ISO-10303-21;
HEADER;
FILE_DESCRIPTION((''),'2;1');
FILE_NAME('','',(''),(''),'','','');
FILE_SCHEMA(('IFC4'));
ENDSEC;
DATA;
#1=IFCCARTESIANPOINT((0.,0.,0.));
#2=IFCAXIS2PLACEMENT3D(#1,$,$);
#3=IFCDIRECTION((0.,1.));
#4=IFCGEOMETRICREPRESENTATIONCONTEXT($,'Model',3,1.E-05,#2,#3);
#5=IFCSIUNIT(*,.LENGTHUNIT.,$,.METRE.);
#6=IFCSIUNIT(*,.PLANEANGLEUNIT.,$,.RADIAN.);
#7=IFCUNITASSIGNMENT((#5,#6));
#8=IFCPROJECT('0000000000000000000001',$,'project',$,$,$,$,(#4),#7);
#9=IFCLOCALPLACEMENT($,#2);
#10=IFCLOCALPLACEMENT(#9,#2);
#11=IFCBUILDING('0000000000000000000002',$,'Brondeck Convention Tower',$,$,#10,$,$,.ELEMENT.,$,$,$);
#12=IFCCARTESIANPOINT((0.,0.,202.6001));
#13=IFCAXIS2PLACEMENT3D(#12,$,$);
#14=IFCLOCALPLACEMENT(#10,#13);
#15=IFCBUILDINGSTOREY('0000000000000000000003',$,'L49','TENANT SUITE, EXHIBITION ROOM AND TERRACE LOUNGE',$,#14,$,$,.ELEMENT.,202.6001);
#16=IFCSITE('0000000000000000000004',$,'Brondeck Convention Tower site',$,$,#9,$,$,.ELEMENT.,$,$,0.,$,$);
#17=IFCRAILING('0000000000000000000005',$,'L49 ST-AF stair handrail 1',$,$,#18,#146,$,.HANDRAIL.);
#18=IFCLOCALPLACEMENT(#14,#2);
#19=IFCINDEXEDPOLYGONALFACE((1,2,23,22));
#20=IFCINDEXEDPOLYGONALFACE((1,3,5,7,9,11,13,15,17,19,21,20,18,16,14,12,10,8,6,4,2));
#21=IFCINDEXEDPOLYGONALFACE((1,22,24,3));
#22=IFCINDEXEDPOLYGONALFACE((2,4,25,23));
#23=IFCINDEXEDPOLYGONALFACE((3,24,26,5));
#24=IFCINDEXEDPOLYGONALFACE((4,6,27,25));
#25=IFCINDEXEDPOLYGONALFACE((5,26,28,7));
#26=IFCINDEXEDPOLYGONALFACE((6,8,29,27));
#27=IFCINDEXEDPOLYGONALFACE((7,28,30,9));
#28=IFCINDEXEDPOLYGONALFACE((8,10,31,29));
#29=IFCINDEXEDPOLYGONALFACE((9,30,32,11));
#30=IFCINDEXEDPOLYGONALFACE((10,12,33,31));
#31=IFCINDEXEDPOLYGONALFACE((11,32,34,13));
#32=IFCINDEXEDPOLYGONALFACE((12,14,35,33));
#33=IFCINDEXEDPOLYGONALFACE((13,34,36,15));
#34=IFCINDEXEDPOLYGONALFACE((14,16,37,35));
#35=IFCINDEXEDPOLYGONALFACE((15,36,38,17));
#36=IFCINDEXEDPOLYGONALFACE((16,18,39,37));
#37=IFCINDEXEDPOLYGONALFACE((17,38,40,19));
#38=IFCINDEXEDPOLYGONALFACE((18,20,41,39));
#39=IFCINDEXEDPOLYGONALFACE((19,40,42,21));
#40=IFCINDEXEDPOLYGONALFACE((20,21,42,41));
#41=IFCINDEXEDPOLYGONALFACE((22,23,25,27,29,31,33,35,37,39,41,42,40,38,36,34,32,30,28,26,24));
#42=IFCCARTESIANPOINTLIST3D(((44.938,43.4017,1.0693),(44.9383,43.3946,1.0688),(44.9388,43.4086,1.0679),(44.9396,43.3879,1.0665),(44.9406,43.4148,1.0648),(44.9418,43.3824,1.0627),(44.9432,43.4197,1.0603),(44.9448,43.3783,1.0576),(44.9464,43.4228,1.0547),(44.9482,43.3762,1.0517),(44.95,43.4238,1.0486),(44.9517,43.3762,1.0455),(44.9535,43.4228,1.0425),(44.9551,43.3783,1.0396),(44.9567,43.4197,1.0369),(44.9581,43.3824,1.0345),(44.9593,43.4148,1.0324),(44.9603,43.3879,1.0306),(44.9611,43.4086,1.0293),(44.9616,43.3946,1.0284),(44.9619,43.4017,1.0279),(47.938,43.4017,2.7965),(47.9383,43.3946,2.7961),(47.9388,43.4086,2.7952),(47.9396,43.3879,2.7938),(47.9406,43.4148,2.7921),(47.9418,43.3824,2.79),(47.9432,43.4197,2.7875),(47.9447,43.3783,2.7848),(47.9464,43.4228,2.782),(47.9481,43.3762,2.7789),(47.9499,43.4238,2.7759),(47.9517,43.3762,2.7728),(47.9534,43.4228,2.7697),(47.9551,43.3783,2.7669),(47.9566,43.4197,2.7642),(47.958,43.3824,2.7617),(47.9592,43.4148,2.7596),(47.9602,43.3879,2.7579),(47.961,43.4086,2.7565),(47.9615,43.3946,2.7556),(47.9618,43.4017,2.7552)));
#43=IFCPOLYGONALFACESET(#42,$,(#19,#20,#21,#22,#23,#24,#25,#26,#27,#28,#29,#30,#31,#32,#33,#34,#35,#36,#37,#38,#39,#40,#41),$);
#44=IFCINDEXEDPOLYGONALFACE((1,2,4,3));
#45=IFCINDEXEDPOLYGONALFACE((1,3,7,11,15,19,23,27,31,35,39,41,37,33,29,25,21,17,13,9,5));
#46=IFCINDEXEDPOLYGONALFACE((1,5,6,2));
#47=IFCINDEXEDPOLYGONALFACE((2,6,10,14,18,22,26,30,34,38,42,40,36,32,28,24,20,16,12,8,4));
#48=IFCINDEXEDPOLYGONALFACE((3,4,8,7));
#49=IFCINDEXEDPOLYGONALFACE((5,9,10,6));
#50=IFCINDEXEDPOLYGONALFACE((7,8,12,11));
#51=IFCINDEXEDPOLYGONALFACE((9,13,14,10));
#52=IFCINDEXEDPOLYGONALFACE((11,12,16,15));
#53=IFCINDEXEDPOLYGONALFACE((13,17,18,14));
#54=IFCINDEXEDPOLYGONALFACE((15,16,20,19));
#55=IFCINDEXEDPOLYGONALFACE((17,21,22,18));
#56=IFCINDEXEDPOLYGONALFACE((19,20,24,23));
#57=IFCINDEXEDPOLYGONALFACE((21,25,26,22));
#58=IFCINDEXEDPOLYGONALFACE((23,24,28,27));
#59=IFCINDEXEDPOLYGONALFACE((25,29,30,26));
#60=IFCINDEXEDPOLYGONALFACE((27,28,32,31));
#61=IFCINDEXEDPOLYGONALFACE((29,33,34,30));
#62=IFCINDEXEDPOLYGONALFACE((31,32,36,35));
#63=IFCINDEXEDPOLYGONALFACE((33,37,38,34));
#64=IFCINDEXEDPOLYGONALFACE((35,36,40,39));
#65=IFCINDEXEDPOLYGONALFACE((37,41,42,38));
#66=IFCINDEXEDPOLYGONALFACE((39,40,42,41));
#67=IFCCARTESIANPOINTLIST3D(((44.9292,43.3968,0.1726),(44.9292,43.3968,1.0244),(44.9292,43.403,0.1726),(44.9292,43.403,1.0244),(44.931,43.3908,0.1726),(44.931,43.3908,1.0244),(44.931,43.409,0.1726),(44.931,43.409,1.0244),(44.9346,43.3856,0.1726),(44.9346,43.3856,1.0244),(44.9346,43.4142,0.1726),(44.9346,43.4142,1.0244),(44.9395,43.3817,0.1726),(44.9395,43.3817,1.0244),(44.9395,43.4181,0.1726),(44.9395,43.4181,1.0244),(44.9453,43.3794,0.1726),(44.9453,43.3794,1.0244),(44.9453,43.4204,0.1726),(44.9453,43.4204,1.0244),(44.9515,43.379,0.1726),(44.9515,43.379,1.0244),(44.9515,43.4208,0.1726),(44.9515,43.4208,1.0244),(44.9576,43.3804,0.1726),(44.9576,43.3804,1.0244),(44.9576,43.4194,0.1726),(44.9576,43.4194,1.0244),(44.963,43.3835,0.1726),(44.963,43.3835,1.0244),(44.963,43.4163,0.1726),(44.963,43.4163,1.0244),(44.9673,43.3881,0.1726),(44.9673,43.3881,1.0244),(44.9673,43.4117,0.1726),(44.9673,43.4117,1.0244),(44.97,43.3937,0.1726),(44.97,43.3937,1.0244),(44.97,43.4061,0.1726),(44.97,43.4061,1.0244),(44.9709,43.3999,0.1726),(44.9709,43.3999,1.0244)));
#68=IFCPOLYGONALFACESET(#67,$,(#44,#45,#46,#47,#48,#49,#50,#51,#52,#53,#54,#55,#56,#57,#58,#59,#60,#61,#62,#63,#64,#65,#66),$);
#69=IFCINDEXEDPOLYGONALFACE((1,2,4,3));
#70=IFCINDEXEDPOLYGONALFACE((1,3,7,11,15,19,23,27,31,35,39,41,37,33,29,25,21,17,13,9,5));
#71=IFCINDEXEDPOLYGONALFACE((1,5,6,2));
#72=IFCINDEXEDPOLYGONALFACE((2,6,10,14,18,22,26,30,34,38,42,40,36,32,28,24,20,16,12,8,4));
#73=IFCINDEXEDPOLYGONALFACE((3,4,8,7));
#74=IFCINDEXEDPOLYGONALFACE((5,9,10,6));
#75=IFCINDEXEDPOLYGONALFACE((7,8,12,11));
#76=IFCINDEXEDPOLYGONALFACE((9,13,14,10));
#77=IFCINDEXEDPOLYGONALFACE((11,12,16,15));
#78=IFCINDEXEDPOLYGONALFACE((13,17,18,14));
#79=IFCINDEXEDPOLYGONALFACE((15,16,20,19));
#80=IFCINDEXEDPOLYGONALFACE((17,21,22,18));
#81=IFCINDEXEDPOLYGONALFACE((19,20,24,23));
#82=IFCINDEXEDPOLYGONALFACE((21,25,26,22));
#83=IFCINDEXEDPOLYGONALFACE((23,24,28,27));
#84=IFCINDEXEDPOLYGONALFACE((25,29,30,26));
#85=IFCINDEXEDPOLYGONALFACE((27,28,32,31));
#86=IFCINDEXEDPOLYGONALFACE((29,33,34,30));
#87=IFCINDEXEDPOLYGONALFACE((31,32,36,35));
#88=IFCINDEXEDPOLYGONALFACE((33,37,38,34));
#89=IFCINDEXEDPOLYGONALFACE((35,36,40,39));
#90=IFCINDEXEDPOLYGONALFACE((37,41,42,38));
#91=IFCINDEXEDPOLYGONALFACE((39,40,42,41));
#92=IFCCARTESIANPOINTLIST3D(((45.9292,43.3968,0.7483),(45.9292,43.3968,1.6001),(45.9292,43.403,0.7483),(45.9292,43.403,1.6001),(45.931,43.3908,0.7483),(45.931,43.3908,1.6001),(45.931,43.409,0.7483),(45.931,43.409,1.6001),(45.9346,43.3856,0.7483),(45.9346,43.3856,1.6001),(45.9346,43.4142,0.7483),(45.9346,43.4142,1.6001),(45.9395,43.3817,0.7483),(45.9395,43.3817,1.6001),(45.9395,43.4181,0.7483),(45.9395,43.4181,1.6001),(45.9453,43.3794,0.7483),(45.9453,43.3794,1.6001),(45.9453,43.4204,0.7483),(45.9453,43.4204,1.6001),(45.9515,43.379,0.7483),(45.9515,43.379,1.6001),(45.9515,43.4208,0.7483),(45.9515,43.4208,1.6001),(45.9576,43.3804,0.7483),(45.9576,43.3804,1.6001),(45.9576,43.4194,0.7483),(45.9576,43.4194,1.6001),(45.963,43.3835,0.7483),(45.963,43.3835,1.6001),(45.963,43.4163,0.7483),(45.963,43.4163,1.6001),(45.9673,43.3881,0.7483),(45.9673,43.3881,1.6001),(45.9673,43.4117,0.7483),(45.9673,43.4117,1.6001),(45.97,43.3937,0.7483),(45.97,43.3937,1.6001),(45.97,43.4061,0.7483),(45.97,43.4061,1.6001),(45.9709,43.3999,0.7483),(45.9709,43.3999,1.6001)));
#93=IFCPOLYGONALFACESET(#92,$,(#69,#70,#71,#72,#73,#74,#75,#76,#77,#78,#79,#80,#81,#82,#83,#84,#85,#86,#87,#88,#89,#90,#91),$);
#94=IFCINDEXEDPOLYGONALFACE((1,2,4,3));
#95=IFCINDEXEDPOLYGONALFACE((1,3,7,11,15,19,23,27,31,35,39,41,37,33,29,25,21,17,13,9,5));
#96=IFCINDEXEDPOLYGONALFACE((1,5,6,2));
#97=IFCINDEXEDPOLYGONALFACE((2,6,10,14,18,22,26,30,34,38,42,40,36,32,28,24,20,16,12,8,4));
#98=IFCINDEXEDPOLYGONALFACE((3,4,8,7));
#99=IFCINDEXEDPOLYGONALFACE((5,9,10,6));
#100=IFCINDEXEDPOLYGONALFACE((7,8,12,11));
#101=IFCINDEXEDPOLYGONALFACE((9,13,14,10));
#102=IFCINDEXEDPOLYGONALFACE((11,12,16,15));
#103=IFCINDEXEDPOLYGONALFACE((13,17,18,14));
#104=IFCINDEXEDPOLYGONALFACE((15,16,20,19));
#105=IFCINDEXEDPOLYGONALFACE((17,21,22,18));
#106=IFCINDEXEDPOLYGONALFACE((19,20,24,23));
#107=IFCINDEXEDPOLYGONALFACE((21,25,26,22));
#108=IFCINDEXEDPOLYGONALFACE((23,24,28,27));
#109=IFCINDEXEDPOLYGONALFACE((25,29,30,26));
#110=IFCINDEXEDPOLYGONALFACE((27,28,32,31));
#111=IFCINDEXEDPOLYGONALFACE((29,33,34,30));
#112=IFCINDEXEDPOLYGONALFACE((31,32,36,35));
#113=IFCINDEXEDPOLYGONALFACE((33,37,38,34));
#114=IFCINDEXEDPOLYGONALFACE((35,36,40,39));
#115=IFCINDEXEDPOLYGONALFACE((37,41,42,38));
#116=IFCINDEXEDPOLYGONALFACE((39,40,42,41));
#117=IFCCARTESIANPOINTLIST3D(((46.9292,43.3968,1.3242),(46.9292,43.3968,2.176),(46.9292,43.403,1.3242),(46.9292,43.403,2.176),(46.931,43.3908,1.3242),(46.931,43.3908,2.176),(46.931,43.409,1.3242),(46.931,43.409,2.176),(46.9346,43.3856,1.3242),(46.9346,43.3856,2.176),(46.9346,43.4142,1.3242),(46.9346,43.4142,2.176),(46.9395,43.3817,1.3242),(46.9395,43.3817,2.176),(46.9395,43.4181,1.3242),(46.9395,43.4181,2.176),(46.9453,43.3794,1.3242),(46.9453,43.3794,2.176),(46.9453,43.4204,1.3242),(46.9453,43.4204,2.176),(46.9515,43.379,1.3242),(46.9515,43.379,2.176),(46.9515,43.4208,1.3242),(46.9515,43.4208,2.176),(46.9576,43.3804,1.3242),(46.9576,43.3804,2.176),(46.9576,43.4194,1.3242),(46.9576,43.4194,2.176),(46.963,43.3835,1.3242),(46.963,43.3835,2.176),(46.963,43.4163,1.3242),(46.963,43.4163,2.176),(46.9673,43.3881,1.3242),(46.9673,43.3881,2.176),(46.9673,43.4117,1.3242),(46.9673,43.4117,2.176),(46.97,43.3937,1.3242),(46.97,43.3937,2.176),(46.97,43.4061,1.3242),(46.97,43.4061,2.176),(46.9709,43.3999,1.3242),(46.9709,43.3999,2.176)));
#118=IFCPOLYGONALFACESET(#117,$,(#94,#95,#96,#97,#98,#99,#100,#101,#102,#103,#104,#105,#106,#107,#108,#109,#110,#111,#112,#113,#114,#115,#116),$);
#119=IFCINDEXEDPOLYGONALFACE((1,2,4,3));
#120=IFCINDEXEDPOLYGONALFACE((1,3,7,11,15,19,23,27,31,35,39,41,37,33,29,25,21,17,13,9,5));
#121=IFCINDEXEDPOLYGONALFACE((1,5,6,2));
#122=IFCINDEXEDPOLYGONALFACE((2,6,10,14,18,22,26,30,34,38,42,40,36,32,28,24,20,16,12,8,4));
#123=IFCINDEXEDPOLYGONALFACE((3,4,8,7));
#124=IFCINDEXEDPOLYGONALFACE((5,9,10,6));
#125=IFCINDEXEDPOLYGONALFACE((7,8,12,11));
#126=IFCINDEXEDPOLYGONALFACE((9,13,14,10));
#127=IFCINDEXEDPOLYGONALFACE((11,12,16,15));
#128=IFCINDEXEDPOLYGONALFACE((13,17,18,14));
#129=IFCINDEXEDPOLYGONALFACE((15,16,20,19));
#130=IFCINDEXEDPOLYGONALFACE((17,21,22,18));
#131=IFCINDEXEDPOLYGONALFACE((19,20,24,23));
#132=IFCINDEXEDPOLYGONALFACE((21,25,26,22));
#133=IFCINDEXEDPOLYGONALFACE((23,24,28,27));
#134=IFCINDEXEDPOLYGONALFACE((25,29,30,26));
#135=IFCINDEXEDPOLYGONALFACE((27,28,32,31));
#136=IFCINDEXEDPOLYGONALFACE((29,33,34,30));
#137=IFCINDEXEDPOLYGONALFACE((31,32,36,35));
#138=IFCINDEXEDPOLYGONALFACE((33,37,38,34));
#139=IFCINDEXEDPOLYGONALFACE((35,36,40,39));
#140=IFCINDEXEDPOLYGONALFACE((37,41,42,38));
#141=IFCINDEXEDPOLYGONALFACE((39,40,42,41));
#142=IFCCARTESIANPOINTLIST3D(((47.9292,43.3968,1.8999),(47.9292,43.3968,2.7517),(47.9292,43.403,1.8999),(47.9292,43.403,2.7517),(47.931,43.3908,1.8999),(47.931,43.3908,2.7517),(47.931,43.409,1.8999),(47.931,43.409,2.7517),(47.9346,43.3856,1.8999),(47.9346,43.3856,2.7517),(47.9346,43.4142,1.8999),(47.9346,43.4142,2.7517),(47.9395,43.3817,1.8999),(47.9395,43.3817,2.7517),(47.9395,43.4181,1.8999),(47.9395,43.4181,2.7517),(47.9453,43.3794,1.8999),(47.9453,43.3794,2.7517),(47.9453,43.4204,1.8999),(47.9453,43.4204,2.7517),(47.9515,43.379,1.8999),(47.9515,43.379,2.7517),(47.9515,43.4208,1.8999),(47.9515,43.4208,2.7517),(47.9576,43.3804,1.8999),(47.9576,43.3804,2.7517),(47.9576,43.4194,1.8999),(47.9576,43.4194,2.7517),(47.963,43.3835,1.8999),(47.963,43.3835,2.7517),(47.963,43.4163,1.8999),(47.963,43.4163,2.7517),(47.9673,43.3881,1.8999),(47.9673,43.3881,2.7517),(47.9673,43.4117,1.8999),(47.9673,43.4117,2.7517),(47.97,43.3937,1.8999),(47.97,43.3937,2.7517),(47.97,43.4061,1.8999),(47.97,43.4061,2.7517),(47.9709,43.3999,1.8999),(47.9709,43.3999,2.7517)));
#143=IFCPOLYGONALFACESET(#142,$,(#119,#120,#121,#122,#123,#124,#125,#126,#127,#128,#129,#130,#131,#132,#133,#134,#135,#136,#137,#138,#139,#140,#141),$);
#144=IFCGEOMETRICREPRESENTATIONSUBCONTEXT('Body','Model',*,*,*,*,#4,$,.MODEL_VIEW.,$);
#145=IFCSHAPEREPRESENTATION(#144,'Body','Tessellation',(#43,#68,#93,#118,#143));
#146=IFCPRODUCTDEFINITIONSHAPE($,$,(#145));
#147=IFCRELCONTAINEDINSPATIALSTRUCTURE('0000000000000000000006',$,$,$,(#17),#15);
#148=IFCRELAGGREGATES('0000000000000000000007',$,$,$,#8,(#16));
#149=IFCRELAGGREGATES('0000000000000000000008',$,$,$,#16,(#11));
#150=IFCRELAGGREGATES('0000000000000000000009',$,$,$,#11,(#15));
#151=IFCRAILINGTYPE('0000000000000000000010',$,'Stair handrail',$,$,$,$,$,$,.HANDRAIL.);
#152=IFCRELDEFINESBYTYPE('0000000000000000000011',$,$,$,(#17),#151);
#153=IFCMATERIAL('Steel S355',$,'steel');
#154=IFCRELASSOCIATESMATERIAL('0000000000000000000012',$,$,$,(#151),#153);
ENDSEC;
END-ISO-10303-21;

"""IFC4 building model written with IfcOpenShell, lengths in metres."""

from ifc_helpers import new_model, si_unit, direction, frame, origin, origin_2d, place, context, subcontext, project, spatial, circle, extrude, material, type_object, element, save


model = new_model("IFC4")

# Units and contexts
model_context = context("Model", 3, precision=1e-05, world=origin(), true_north=direction((0.0, 1.0)))
body_context = subcontext(model_context, "Body", "Model", "MODEL_VIEW")
ifc_project = project(units=[si_unit("LENGTHUNIT", "METRE"), si_unit("PLANEANGLEUNIT", "RADIAN")], contexts=[model_context])

# Site, building, storey
site_placement = place(None, origin())
site = spatial("IfcSite", under=ifc_project, at=site_placement, Name="Brondeck Convention Tower site", CompositionType="ELEMENT", RefElevation=0.0)
building_placement = place(site_placement, origin())
building = spatial("IfcBuilding", under=site, at=building_placement, Name="Brondeck Convention Tower", CompositionType="ELEMENT")
storey_placement = place(building_placement, frame((0.0, 0.0, 202.6001)))
storey = spatial("IfcBuildingStorey", under=building, at=storey_placement, Name="L49", Description="TENANT SUITE, EXHIBITION ROOM AND TERRACE LOUNGE", CompositionType="ELEMENT", Elevation=202.6001)

# Shared definitions
ifc_material_1 = material(Name="Steel S355", Category="steel")

# Railing
railing_type_1 = type_object("IfcRailingType", Name="Stair handrail", PredefinedType="HANDRAIL", material=ifc_material_1)
railing_1_placement = place(storey_placement, frame((44.95, 43.3999, 0.1726)))
element("IfcRailing", 1, at=railing_1_placement, inside=storey, type_object=railing_type_1, Name="L49 ST-AF stair handrail 1", PredefinedType="HANDRAIL", context=body_context, shape_type="SweptSolid", body=[
    extrude(circle(Radius=0.0239, at=origin_2d()), frame((0.0, 0.0, 0.876), z_axis=(0.86662, 0.0, 0.498969), x_axis=(0.0, 1.0, 0.0)), (0.0, 0.0, 1.0), 3.4617),
    extrude(circle(Radius=0.021, at=origin_2d()), origin(), (0.0, 0.0, 1.0), 0.8518),
    extrude(circle(Radius=0.021, at=origin_2d()), frame((1.0, 0.0, 0.5757)), (0.0, 0.0, 1.0), 0.8518),
    extrude(circle(Radius=0.021, at=origin_2d()), frame((2.0, 0.0, 1.1516)), (0.0, 0.0, 1.0), 0.8518),
    extrude(circle(Radius=0.021, at=origin_2d()), frame((3.0, 0.0, 1.7273)), (0.0, 0.0, 1.0), 0.8518),
])

save(model, "model.ifc")
